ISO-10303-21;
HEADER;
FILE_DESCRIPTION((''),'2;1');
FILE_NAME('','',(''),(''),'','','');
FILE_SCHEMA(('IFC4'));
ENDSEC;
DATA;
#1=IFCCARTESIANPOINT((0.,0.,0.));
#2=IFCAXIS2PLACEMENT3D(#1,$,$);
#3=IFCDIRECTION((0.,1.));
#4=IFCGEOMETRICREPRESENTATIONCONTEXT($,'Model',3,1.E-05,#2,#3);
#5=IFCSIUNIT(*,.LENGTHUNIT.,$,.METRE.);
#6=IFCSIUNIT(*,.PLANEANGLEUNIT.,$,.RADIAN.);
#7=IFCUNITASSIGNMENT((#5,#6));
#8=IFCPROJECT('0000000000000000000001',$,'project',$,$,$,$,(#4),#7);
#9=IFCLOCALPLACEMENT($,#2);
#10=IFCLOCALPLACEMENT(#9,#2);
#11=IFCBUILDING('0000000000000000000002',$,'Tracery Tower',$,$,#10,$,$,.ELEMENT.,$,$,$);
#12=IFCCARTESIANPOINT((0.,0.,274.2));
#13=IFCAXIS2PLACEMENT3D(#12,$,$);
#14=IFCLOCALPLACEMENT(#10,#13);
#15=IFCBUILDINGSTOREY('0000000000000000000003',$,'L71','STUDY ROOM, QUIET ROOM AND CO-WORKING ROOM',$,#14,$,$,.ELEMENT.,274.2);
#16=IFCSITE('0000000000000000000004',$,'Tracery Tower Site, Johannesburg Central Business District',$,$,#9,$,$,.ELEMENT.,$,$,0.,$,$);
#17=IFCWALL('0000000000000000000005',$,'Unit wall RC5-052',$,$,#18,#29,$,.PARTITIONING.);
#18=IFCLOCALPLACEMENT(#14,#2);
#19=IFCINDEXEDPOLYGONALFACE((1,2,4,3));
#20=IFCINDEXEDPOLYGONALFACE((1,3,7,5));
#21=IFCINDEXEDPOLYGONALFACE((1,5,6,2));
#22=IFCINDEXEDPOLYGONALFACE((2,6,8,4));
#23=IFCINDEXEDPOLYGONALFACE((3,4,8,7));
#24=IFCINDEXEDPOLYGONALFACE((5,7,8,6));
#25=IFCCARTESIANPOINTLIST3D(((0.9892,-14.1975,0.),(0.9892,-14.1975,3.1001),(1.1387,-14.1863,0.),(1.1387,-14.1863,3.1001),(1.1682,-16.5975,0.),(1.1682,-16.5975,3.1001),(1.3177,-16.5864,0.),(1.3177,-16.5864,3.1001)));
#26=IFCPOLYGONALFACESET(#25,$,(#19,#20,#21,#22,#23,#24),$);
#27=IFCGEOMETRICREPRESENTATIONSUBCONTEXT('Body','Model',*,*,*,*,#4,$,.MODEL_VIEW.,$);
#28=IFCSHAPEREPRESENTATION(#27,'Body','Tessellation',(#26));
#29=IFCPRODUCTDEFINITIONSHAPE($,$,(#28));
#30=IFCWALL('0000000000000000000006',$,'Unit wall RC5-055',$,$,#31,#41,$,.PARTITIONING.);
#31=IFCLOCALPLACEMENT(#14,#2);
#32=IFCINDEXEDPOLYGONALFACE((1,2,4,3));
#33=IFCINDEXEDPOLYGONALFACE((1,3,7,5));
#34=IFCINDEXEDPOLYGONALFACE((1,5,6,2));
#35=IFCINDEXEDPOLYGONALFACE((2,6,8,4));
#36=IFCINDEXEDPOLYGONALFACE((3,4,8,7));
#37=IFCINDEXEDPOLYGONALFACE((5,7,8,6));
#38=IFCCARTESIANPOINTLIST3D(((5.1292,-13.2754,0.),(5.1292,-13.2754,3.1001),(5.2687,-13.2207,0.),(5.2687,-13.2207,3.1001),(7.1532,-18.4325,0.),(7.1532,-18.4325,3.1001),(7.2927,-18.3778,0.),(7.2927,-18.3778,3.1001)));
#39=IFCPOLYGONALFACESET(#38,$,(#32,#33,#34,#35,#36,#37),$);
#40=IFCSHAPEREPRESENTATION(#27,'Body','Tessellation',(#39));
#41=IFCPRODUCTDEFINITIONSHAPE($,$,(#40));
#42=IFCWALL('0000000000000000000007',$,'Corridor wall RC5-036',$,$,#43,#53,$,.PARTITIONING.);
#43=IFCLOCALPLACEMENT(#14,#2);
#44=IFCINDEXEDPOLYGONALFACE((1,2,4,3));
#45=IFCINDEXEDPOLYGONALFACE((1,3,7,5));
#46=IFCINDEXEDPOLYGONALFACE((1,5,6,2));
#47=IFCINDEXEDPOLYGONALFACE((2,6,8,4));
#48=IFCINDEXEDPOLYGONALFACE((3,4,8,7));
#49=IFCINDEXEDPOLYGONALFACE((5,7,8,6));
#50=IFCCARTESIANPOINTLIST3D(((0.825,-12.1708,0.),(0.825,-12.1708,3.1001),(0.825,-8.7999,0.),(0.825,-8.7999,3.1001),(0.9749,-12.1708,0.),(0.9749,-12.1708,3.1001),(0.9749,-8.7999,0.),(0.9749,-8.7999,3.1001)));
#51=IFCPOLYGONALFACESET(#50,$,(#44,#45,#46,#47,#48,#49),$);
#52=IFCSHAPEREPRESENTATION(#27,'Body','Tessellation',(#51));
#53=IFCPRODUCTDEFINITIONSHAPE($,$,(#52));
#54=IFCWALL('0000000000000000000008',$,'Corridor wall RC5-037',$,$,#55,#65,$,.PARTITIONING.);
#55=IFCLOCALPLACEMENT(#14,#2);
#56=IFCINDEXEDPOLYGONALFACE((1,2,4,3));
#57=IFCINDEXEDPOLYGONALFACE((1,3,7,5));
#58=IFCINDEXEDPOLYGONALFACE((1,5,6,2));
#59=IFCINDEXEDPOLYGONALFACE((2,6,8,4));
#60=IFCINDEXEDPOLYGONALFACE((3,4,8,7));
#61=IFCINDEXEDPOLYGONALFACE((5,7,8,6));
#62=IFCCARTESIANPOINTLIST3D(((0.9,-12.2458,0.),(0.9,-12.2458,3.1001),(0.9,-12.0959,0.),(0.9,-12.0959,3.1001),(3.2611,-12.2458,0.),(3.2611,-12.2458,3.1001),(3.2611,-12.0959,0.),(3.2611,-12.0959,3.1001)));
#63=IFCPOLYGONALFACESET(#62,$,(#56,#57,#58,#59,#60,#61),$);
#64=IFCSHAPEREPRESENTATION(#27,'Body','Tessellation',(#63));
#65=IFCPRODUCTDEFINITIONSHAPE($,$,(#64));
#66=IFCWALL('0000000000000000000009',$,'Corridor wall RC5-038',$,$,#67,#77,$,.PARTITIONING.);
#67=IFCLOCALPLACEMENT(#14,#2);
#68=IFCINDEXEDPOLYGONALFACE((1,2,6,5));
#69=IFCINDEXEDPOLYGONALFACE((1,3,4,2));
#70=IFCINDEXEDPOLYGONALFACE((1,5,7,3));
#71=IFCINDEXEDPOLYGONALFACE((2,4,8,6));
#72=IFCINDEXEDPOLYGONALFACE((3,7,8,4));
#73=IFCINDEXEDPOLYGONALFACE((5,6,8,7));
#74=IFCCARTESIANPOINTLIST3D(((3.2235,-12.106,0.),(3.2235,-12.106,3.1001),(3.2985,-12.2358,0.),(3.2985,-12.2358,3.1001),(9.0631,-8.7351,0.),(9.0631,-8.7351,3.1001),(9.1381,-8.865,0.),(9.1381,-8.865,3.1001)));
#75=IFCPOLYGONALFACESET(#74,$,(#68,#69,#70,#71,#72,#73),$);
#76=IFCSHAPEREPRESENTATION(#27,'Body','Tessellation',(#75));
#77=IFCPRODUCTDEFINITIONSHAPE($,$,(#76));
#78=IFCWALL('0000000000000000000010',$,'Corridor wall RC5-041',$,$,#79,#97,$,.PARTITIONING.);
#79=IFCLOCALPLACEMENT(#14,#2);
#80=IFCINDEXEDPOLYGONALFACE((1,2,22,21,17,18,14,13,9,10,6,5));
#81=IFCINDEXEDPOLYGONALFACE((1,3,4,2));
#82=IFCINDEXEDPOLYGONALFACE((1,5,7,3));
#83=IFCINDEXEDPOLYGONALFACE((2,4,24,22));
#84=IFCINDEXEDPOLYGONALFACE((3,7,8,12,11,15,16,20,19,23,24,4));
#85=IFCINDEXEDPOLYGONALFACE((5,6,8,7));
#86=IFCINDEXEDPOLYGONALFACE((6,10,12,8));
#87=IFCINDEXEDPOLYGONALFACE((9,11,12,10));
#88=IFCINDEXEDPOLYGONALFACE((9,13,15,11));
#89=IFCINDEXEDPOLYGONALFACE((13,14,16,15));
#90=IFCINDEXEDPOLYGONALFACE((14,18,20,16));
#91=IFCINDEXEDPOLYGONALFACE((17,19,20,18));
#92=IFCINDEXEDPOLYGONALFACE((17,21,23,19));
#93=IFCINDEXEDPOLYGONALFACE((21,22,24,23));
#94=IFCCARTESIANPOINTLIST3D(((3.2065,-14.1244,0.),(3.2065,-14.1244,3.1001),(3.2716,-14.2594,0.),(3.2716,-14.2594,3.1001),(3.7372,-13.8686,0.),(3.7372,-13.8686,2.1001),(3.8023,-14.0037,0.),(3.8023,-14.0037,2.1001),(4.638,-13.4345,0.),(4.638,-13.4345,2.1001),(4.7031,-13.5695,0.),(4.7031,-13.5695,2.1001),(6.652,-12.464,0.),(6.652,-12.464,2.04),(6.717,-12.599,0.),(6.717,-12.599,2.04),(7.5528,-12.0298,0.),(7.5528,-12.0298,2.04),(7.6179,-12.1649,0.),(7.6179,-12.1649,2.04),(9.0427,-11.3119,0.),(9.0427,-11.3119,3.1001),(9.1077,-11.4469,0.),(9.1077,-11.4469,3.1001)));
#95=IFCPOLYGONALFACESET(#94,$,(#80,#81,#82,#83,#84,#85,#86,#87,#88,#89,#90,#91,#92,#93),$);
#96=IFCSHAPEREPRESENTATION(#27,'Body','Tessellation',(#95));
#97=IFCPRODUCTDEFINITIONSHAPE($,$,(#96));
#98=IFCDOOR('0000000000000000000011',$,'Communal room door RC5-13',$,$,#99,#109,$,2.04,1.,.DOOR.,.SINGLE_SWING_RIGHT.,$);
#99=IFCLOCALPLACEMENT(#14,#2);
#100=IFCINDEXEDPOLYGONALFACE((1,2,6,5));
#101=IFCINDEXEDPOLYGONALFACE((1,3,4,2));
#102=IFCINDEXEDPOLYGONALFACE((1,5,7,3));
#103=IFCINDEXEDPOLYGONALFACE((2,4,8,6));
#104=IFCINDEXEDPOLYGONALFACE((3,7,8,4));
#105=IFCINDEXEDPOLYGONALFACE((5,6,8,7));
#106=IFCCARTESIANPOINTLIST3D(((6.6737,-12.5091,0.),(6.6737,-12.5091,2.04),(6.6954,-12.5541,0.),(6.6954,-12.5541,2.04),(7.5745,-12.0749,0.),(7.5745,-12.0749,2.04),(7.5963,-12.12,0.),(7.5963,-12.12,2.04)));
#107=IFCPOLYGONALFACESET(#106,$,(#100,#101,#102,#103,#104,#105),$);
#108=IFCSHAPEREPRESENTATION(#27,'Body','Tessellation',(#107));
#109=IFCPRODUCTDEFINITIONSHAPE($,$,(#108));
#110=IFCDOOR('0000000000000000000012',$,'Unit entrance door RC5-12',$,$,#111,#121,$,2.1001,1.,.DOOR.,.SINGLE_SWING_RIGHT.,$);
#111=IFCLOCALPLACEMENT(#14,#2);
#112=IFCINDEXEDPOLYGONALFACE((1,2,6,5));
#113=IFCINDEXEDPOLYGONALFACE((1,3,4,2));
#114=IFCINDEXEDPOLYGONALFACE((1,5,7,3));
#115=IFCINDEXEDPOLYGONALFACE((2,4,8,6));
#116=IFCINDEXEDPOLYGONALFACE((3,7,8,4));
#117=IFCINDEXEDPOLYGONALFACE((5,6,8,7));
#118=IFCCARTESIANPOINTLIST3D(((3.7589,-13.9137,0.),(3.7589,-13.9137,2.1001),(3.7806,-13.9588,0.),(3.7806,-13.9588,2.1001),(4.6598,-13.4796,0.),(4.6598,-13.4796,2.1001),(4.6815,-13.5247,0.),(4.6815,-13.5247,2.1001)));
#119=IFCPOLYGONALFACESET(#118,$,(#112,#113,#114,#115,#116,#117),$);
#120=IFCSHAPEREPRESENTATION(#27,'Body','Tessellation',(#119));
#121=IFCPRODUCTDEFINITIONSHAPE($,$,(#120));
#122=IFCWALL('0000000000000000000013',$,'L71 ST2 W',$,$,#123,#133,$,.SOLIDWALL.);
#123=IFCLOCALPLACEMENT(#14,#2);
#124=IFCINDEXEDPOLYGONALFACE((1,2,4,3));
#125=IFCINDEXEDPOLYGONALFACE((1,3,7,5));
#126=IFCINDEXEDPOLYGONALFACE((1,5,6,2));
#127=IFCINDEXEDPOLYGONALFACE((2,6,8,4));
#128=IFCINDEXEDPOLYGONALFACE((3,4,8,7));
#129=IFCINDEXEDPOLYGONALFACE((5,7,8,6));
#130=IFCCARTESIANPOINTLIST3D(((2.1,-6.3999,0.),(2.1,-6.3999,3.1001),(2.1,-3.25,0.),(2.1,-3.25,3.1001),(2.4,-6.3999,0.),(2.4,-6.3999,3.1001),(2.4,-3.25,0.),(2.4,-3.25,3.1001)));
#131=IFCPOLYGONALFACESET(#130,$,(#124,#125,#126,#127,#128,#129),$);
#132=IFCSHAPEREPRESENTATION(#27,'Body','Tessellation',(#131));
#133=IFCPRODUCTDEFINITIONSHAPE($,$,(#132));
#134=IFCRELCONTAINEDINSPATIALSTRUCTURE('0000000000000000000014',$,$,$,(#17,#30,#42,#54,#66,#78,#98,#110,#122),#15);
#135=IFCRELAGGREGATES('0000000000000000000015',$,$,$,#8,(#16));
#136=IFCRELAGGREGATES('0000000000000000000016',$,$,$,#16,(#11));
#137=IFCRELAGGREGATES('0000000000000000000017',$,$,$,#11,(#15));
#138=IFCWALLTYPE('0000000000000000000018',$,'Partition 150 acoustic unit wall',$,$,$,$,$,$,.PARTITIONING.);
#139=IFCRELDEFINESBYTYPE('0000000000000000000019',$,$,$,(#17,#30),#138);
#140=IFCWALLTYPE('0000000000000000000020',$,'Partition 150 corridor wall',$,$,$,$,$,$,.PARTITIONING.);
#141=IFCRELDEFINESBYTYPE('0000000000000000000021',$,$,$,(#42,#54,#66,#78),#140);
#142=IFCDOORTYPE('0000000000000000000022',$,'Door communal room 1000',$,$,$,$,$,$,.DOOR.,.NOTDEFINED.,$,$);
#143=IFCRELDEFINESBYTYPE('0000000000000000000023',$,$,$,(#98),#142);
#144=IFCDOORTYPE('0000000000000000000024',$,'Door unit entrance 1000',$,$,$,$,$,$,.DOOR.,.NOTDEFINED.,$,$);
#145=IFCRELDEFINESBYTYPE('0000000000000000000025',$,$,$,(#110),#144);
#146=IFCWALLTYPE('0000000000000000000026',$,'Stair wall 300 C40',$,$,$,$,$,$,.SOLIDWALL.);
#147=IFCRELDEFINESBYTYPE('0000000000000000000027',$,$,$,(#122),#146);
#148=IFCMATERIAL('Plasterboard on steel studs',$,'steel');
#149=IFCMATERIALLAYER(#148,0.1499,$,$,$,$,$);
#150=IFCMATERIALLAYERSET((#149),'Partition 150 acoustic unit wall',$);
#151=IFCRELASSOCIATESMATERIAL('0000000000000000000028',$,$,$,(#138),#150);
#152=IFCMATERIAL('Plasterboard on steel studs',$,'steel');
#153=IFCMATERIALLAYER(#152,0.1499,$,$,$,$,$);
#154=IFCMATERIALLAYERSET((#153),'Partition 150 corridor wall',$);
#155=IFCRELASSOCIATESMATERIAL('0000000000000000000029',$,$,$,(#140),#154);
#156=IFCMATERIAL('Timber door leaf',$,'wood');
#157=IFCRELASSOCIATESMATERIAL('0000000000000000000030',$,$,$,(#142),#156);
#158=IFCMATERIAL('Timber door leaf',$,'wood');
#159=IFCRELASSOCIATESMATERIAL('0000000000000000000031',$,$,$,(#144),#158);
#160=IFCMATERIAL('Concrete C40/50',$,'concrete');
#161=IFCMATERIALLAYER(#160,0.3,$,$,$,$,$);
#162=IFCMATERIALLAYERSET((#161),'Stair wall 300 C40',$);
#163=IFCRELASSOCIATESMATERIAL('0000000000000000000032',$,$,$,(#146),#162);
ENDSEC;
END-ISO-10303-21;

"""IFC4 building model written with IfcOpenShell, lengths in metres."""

from ifc_helpers import new_model, si_unit, direction, frame, frame_2d, origin, place, context, subcontext, project, spatial, rectangle, extrude, material, layer, layer_set, type_object, element, fill, save


model = new_model("IFC4")

# Units and contexts
model_context = context("Model", 3, precision=1e-05, world=origin(), true_north=direction((0.0, 1.0)))
body_context = subcontext(model_context, "Body", "Model", "MODEL_VIEW")
ifc_project = project(units=[si_unit("LENGTHUNIT", "METRE"), si_unit("PLANEANGLEUNIT", "RADIAN")], contexts=[model_context])

# Site, building, storey
site_placement = place(None, origin())
site = spatial("IfcSite", under=ifc_project, at=site_placement, Name="Tracery Tower Site, Johannesburg Central Business District", CompositionType="ELEMENT", RefElevation=0.0)
building_placement = place(site_placement, origin())
building = spatial("IfcBuilding", under=site, at=building_placement, Name="Tracery Tower", CompositionType="ELEMENT")
storey_placement = place(building_placement, frame((0.0, 0.0, 274.2)))
storey = spatial("IfcBuildingStorey", under=building, at=storey_placement, Name="L71", Description="STUDY ROOM, QUIET ROOM AND CO-WORKING ROOM", CompositionType="ELEMENT", Elevation=274.2)

# Walls
ifc_material_1 = material(Name="Plasterboard on steel studs", Category="steel")
ifc_layer_1 = layer(ifc_material_1, 0.1499)
ifc_layer_set_1 = layer_set([ifc_layer_1], Name="Partition 150 acoustic unit wall")
wall_type_1 = type_object("IfcWallType", Name="Partition 150 acoustic unit wall", PredefinedType="PARTITIONING", material=ifc_layer_set_1)
wall_1_placement = place(storey_placement, frame((1.064, -14.1919, 0.0), z_axis=(0.0, 0.0, 1.0), x_axis=(0.074354, -0.997232, 0.0)))
element("IfcWall", 1, at=wall_1_placement, inside=storey, type_object=wall_type_1, Name="Unit wall RC5-052", PredefinedType="PARTITIONING", context=body_context, shape_type="SweptSolid", body=[
    extrude(rectangle(XDim=2.4067, YDim=0.1499, at=frame_2d((1.2034, 0.0))), origin(), (0.0, 0.0, 1.0), 3.1001),
])
wall_2_placement = place(storey_placement, frame((5.199, -13.248, 0.0), z_axis=(0.0, 0.0, 1.0), x_axis=(0.365335, -0.930876, 0.0)))
element("IfcWall", 2, at=wall_2_placement, inside=storey, type_object=wall_type_1, Name="Unit wall RC5-055", PredefinedType="PARTITIONING", context=body_context, shape_type="SweptSolid", body=[
    extrude(rectangle(XDim=5.54, YDim=0.1499, at=frame_2d((2.77, 0.0))), origin(), (0.0, 0.0, 1.0), 3.1001),
])
ifc_material_2 = material(Name="Plasterboard on steel studs", Category="steel")
ifc_layer_2 = layer(ifc_material_2, 0.1499)
ifc_layer_set_2 = layer_set([ifc_layer_2], Name="Partition 150 corridor wall")
wall_type_2 = type_object("IfcWallType", Name="Partition 150 corridor wall", PredefinedType="PARTITIONING", material=ifc_layer_set_2)
wall_3_placement = place(storey_placement, frame((0.8999, -12.1709, 0.0), z_axis=(0.0, 0.0, 1.0), x_axis=(0.0, 1.0, 0.0)))
element("IfcWall", 3, at=wall_3_placement, inside=storey, type_object=wall_type_2, Name="Corridor wall RC5-036", PredefinedType="PARTITIONING", context=body_context, shape_type="SweptSolid", body=[
    extrude(rectangle(XDim=3.3708, YDim=0.1499, at=frame_2d((1.6855, 0.0))), origin(), (0.0, 0.0, 1.0), 3.1001),
])
wall_4_placement = place(storey_placement, frame((0.8999, -12.1709, 0.0), z_axis=(0.0, 0.0, 1.0), x_axis=(1.0, 0.0, 0.0)))
element("IfcWall", 4, at=wall_4_placement, inside=storey, type_object=wall_type_2, Name="Corridor wall RC5-037", PredefinedType="PARTITIONING", context=body_context, shape_type="SweptSolid", body=[
    extrude(rectangle(XDim=2.3611, YDim=0.1499, at=frame_2d((1.1807, 0.0))), origin(), (0.0, 0.0, 1.0), 3.1001),
])
wall_5_placement = place(storey_placement, frame((3.261, -12.1709, 0.0), z_axis=(0.0, 0.0, 1.0), x_axis=(0.866067, 0.499928, 0.0)))
element("IfcWall", 5, at=wall_5_placement, inside=storey, type_object=wall_type_2, Name="Corridor wall RC5-038", PredefinedType="PARTITIONING", context=body_context, shape_type="SweptSolid", body=[
    extrude(rectangle(XDim=6.7427, YDim=0.1499, at=frame_2d((3.3713, 0.0))), origin(), (0.0, 0.0, 1.0), 3.1001),
])

# Wall, openings, doors
wall_6_placement = place(storey_placement, frame((3.239, -14.1919, 0.0), z_axis=(0.0, 0.0, 1.0), x_axis=(0.900852, 0.434127, 0.0)))
wall_6 = element("IfcWall", 6, at=wall_6_placement, inside=storey, type_object=wall_type_2, Name="Corridor wall RC5-041", PredefinedType="PARTITIONING", context=body_context, shape_type="SweptSolid", body=[
    extrude(rectangle(XDim=6.4785, YDim=0.1499, at=frame_2d((3.2393, 0.0))), origin(), (0.0, 0.0, 1.0), 3.1001),
])
opening_1_placement = place(wall_6_placement, frame((0.5891, 0.0, 0.0)))
opening_1 = element("IfcOpeningElement", 7, at=opening_1_placement, cuts=wall_6, PredefinedType="OPENING", context=body_context, shape_type="SweptSolid", body=[
    extrude(rectangle(XDim=1.0, YDim=2.1001, at=frame_2d((0.5, 1.05))), frame((0.0, 0.075, 0.0), z_axis=(0.0, -1.0, 0.0), x_axis=(1.0, 0.0, 0.0)), (0.0, 0.0, 1.0), 0.1499),
])
opening_2_placement = place(wall_6_placement, frame((3.8247, 0.0, 0.0)))
opening_2 = element("IfcOpeningElement", 8, at=opening_2_placement, cuts=wall_6, PredefinedType="OPENING", context=body_context, shape_type="SweptSolid", body=[
    extrude(rectangle(XDim=1.0, YDim=2.04, at=frame_2d((0.5, 1.02))), frame((0.0, 0.075, 0.0), z_axis=(0.0, -1.0, 0.0), x_axis=(1.0, 0.0, 0.0)), (0.0, 0.0, 1.0), 0.1499),
])
ifc_material_3 = material(Name="Timber door leaf", Category="wood")
door_type_1 = type_object("IfcDoorType", Name="Door communal room 1000", OperationType="NOTDEFINED", PredefinedType="DOOR", material=ifc_material_3)
door_1_placement = place(opening_2_placement, origin())
door_1 = element("IfcDoor", 9, at=door_1_placement, inside=storey, type_object=door_type_1, Name="Communal room door RC5-13", OperationType="SINGLE_SWING_RIGHT", OverallHeight=2.04, OverallWidth=1.0, PredefinedType="DOOR", context=body_context, shape_type="SweptSolid", body=[
    extrude(rectangle(XDim=1.0, YDim=2.04, at=frame_2d((0.5, 1.02))), frame((0.0, 0.0249, 0.0), z_axis=(0.0, -1.0, 0.0), x_axis=(1.0, 0.0, 0.0)), (0.0, 0.0, 1.0), 0.05),
])
fill(opening_2, door_1)
ifc_material_4 = material(Name="Timber door leaf", Category="wood")
door_type_2 = type_object("IfcDoorType", Name="Door unit entrance 1000", OperationType="NOTDEFINED", PredefinedType="DOOR", material=ifc_material_4)
door_2_placement = place(opening_1_placement, origin())
door_2 = element("IfcDoor", 10, at=door_2_placement, inside=storey, type_object=door_type_2, Name="Unit entrance door RC5-12", OperationType="SINGLE_SWING_RIGHT", OverallHeight=2.1001, OverallWidth=1.0, PredefinedType="DOOR", context=body_context, shape_type="SweptSolid", body=[
    extrude(rectangle(XDim=1.0, YDim=2.1001, at=frame_2d((0.5, 1.05))), frame((0.0, 0.0249, 0.0), z_axis=(0.0, -1.0, 0.0), x_axis=(1.0, 0.0, 0.0)), (0.0, 0.0, 1.0), 0.05),
])
fill(opening_1, door_2)

# Shared definitions
ifc_material_5 = material(Name="Concrete C40/50", Category="concrete")
ifc_layer_3 = layer(ifc_material_5, 0.3)
ifc_layer_set_3 = layer_set([ifc_layer_3], Name="Stair wall 300 C40")
wall_type_3 = type_object("IfcWallType", Name="Stair wall 300 C40", PredefinedType="SOLIDWALL", material=ifc_layer_set_3)

# Wall
wall_7_placement = place(storey_placement, frame((2.25, -6.3999, 0.0), z_axis=(0.0, 0.0, 1.0), x_axis=(0.0, 1.0, 0.0)))
element("IfcWall", 11, at=wall_7_placement, inside=storey, type_object=wall_type_3, Name="L71 ST2 W", PredefinedType="SOLIDWALL", context=body_context, shape_type="SweptSolid", body=[
    extrude(rectangle(XDim=3.1499, YDim=0.3, at=frame_2d((1.575, 0.0))), origin(), (0.0, 0.0, 1.0), 3.1001),
])

save(model, "model.ifc")
